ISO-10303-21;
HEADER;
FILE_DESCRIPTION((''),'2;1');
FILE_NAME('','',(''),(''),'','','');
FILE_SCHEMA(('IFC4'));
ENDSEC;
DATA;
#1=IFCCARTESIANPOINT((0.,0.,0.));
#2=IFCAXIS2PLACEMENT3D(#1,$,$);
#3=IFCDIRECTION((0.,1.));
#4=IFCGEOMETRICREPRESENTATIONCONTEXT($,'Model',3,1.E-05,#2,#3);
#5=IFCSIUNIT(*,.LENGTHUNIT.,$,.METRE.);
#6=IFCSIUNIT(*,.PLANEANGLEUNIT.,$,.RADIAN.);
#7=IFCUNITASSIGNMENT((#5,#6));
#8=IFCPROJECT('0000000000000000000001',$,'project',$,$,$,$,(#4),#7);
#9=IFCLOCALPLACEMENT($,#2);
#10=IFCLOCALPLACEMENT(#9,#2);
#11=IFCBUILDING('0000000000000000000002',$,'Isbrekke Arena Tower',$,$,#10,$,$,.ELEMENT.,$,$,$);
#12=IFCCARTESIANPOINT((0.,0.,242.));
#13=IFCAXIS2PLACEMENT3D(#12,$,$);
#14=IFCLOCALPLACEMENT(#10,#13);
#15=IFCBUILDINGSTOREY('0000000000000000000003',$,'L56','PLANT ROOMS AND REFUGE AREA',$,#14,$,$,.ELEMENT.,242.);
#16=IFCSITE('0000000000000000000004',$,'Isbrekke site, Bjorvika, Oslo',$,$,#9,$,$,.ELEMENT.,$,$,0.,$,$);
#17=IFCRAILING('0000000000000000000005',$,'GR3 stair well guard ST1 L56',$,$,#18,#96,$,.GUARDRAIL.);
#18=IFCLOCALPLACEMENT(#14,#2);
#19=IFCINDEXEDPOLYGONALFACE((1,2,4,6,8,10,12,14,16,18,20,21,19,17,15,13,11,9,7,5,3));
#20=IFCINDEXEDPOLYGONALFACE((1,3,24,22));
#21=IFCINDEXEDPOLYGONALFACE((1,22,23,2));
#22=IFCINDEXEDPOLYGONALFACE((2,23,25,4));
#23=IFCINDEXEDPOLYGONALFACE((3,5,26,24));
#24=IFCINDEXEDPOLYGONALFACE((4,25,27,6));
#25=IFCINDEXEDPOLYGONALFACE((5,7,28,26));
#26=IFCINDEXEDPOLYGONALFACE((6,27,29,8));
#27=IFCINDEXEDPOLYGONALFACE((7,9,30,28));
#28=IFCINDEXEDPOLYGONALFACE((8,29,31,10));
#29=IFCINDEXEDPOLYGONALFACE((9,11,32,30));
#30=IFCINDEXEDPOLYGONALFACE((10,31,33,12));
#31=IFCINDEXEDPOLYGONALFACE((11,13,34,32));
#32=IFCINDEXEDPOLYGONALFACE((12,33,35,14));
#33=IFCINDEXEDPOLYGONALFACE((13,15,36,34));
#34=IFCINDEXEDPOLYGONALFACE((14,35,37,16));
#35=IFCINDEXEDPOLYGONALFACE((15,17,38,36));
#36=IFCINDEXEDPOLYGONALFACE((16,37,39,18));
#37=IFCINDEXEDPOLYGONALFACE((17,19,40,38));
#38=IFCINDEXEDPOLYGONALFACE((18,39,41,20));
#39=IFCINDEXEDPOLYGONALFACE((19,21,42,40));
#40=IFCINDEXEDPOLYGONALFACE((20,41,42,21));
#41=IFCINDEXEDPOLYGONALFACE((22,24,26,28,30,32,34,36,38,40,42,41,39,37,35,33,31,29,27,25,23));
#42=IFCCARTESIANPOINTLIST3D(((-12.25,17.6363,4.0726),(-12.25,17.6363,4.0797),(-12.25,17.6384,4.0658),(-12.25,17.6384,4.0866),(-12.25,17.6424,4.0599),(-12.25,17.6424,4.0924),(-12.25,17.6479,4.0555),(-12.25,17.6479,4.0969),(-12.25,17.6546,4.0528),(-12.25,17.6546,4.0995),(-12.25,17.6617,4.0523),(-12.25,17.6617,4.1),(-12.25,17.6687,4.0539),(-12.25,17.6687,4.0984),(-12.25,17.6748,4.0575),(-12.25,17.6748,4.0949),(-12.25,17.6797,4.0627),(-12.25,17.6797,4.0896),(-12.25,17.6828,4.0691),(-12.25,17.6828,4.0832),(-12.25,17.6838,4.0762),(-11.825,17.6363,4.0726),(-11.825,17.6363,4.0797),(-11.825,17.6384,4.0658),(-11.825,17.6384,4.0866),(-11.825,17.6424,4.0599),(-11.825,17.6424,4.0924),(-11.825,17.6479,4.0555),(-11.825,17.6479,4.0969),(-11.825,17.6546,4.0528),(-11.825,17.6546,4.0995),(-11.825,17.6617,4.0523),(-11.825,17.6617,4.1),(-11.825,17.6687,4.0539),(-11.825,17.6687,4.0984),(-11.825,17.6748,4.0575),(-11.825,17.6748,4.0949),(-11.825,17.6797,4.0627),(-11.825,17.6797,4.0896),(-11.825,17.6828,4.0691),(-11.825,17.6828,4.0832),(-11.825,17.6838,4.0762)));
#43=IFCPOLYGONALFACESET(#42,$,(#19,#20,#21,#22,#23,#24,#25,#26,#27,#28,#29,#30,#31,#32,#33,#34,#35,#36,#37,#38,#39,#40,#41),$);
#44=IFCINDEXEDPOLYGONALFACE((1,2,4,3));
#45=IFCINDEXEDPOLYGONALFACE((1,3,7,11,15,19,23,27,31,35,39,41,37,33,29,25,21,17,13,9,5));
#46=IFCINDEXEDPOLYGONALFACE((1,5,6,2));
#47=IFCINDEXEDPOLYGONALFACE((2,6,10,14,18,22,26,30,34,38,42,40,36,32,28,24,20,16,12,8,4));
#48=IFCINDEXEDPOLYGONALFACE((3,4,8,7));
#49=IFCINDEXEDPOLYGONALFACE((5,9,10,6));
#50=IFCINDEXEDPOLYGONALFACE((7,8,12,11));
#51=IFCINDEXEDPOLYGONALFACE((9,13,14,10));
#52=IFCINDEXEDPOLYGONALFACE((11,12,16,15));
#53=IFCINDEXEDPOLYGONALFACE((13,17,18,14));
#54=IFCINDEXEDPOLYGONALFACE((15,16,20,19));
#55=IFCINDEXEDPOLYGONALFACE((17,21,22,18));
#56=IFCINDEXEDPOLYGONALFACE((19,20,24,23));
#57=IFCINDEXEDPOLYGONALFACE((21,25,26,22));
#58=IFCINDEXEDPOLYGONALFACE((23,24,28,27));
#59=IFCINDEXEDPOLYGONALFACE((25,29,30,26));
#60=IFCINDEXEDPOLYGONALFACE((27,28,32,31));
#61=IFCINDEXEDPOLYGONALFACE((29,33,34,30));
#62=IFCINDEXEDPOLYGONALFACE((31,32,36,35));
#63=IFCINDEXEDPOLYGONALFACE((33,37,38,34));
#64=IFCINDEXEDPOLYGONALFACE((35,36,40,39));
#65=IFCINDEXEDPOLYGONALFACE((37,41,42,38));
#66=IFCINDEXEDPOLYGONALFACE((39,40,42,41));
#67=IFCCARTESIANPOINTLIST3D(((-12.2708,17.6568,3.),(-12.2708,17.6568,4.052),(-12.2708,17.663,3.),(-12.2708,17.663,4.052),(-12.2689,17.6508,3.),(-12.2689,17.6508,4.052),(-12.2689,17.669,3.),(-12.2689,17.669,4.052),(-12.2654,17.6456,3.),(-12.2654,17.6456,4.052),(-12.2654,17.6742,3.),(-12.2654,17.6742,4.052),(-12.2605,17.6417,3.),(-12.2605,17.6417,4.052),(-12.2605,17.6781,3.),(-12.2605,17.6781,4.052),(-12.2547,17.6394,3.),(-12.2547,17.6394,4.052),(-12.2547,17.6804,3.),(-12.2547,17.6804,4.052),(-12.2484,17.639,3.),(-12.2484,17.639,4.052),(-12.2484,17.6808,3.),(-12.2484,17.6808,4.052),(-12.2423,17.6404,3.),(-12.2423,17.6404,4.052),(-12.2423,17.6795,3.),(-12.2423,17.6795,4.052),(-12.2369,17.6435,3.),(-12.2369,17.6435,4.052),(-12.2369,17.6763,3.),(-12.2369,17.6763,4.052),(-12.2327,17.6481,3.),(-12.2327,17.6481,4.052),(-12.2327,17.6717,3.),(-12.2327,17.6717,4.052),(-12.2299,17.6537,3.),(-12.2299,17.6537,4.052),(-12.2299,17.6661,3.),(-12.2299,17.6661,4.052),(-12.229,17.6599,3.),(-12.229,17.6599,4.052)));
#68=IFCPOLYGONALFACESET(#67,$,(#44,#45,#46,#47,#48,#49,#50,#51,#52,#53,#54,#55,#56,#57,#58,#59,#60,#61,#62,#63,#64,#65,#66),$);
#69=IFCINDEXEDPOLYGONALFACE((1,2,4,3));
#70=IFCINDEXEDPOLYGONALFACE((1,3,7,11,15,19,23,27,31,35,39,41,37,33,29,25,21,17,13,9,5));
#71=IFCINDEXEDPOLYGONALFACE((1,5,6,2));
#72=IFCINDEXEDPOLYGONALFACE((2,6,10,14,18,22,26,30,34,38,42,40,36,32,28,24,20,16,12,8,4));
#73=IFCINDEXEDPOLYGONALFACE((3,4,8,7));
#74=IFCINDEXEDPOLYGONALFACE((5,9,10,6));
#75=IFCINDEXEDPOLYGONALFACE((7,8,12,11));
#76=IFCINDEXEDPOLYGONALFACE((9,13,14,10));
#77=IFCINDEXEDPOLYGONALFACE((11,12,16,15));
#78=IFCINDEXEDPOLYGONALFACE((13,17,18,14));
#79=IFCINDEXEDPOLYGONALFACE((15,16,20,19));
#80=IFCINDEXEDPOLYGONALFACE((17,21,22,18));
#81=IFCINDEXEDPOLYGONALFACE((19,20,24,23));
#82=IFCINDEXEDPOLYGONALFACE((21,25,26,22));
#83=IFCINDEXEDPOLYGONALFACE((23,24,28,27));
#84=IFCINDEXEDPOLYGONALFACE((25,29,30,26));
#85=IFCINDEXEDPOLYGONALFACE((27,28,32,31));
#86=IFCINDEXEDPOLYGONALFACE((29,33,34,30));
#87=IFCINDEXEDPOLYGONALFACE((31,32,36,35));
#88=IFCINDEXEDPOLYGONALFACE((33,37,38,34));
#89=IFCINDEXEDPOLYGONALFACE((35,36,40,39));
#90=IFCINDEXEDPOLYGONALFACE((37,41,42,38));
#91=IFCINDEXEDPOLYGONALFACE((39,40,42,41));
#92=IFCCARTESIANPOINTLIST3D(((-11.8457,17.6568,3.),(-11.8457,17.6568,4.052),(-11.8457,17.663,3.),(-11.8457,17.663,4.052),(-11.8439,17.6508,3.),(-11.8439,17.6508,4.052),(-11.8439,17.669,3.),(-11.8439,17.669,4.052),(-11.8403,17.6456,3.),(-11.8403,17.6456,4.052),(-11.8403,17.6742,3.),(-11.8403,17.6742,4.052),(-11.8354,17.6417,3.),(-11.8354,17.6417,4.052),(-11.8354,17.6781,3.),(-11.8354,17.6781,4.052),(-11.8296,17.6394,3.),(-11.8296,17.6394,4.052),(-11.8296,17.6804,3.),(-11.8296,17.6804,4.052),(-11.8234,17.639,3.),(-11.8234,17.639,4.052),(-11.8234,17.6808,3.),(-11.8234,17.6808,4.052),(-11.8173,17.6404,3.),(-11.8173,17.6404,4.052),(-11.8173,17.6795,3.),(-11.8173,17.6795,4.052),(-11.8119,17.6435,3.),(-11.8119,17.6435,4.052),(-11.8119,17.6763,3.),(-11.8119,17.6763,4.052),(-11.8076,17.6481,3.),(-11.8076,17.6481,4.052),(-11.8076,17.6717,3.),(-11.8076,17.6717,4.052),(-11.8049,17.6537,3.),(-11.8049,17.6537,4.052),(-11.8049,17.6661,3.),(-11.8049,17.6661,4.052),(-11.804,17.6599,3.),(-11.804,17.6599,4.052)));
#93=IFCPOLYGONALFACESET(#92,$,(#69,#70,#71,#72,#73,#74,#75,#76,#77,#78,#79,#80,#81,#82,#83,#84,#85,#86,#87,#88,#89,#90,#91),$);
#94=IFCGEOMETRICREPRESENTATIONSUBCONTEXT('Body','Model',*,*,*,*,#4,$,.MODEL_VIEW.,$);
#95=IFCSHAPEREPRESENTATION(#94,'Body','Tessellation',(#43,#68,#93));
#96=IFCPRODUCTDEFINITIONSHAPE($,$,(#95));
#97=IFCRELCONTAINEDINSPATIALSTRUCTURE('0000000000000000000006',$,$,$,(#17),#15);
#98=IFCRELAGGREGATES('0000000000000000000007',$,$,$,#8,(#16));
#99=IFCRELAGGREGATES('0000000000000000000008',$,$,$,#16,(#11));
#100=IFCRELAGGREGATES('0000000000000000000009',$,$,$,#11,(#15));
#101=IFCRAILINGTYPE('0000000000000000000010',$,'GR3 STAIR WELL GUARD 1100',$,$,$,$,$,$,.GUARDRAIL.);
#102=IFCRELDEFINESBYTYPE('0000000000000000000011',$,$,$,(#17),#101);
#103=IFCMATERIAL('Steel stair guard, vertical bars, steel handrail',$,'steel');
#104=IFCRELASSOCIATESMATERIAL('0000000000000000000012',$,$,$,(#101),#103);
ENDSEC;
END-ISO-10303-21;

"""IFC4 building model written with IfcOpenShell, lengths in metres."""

from ifc_helpers import new_model, si_unit, direction, frame, origin, origin_2d, place, context, subcontext, project, spatial, circle, extrude, material, type_object, element, save


model = new_model("IFC4")

# Units and contexts
model_context = context("Model", 3, precision=1e-05, world=origin(), true_north=direction((0.0, 1.0)))
body_context = subcontext(model_context, "Body", "Model", "MODEL_VIEW")
ifc_project = project(units=[si_unit("LENGTHUNIT", "METRE"), si_unit("PLANEANGLEUNIT", "RADIAN")], contexts=[model_context])

# Site, building, storey
site_placement = place(None, origin())
site = spatial("IfcSite", under=ifc_project, at=site_placement, Name="Isbrekke site, Bjorvika, Oslo", CompositionType="ELEMENT", RefElevation=0.0)
building_placement = place(site_placement, origin())
building = spatial("IfcBuilding", under=site, at=building_placement, Name="Isbrekke Arena Tower", CompositionType="ELEMENT")
storey_placement = place(building_placement, frame((0.0, 0.0, 242.0)))
storey = spatial("IfcBuildingStorey", under=building, at=storey_placement, Name="L56", Description="PLANT ROOMS AND REFUGE AREA", CompositionType="ELEMENT", Elevation=242.0)

# Railing
ifc_material_1 = material(Name="Steel stair guard, vertical bars, steel handrail", Category="steel")
railing_type = type_object("IfcRailingType", Name="GR3 STAIR WELL GUARD 1100", PredefinedType="GUARDRAIL", material=ifc_material_1)
railing_placement = place(storey_placement, frame((-12.25, 17.6599, 3.0)))
element("IfcRailing", 1, at=railing_placement, inside=storey, type_object=railing_type, Name="GR3 stair well guard ST1 L56", PredefinedType="GUARDRAIL", context=body_context, shape_type="SweptSolid", body=[
    extrude(circle(Radius=0.0239, at=origin_2d()), frame((0.0, 0.0, 1.0762), z_axis=(1.0, 0.0, 0.0), x_axis=(0.0, 1.0, 0.0)), (0.0, 0.0, 1.0), 0.425),
    extrude(circle(Radius=0.021, at=origin_2d()), origin(), (0.0, 0.0, 1.0), 1.052),
    extrude(circle(Radius=0.021, at=origin_2d()), frame((0.425, 0.0, 0.0)), (0.0, 0.0, 1.0), 1.052),
])

save(model, "model.ifc")
